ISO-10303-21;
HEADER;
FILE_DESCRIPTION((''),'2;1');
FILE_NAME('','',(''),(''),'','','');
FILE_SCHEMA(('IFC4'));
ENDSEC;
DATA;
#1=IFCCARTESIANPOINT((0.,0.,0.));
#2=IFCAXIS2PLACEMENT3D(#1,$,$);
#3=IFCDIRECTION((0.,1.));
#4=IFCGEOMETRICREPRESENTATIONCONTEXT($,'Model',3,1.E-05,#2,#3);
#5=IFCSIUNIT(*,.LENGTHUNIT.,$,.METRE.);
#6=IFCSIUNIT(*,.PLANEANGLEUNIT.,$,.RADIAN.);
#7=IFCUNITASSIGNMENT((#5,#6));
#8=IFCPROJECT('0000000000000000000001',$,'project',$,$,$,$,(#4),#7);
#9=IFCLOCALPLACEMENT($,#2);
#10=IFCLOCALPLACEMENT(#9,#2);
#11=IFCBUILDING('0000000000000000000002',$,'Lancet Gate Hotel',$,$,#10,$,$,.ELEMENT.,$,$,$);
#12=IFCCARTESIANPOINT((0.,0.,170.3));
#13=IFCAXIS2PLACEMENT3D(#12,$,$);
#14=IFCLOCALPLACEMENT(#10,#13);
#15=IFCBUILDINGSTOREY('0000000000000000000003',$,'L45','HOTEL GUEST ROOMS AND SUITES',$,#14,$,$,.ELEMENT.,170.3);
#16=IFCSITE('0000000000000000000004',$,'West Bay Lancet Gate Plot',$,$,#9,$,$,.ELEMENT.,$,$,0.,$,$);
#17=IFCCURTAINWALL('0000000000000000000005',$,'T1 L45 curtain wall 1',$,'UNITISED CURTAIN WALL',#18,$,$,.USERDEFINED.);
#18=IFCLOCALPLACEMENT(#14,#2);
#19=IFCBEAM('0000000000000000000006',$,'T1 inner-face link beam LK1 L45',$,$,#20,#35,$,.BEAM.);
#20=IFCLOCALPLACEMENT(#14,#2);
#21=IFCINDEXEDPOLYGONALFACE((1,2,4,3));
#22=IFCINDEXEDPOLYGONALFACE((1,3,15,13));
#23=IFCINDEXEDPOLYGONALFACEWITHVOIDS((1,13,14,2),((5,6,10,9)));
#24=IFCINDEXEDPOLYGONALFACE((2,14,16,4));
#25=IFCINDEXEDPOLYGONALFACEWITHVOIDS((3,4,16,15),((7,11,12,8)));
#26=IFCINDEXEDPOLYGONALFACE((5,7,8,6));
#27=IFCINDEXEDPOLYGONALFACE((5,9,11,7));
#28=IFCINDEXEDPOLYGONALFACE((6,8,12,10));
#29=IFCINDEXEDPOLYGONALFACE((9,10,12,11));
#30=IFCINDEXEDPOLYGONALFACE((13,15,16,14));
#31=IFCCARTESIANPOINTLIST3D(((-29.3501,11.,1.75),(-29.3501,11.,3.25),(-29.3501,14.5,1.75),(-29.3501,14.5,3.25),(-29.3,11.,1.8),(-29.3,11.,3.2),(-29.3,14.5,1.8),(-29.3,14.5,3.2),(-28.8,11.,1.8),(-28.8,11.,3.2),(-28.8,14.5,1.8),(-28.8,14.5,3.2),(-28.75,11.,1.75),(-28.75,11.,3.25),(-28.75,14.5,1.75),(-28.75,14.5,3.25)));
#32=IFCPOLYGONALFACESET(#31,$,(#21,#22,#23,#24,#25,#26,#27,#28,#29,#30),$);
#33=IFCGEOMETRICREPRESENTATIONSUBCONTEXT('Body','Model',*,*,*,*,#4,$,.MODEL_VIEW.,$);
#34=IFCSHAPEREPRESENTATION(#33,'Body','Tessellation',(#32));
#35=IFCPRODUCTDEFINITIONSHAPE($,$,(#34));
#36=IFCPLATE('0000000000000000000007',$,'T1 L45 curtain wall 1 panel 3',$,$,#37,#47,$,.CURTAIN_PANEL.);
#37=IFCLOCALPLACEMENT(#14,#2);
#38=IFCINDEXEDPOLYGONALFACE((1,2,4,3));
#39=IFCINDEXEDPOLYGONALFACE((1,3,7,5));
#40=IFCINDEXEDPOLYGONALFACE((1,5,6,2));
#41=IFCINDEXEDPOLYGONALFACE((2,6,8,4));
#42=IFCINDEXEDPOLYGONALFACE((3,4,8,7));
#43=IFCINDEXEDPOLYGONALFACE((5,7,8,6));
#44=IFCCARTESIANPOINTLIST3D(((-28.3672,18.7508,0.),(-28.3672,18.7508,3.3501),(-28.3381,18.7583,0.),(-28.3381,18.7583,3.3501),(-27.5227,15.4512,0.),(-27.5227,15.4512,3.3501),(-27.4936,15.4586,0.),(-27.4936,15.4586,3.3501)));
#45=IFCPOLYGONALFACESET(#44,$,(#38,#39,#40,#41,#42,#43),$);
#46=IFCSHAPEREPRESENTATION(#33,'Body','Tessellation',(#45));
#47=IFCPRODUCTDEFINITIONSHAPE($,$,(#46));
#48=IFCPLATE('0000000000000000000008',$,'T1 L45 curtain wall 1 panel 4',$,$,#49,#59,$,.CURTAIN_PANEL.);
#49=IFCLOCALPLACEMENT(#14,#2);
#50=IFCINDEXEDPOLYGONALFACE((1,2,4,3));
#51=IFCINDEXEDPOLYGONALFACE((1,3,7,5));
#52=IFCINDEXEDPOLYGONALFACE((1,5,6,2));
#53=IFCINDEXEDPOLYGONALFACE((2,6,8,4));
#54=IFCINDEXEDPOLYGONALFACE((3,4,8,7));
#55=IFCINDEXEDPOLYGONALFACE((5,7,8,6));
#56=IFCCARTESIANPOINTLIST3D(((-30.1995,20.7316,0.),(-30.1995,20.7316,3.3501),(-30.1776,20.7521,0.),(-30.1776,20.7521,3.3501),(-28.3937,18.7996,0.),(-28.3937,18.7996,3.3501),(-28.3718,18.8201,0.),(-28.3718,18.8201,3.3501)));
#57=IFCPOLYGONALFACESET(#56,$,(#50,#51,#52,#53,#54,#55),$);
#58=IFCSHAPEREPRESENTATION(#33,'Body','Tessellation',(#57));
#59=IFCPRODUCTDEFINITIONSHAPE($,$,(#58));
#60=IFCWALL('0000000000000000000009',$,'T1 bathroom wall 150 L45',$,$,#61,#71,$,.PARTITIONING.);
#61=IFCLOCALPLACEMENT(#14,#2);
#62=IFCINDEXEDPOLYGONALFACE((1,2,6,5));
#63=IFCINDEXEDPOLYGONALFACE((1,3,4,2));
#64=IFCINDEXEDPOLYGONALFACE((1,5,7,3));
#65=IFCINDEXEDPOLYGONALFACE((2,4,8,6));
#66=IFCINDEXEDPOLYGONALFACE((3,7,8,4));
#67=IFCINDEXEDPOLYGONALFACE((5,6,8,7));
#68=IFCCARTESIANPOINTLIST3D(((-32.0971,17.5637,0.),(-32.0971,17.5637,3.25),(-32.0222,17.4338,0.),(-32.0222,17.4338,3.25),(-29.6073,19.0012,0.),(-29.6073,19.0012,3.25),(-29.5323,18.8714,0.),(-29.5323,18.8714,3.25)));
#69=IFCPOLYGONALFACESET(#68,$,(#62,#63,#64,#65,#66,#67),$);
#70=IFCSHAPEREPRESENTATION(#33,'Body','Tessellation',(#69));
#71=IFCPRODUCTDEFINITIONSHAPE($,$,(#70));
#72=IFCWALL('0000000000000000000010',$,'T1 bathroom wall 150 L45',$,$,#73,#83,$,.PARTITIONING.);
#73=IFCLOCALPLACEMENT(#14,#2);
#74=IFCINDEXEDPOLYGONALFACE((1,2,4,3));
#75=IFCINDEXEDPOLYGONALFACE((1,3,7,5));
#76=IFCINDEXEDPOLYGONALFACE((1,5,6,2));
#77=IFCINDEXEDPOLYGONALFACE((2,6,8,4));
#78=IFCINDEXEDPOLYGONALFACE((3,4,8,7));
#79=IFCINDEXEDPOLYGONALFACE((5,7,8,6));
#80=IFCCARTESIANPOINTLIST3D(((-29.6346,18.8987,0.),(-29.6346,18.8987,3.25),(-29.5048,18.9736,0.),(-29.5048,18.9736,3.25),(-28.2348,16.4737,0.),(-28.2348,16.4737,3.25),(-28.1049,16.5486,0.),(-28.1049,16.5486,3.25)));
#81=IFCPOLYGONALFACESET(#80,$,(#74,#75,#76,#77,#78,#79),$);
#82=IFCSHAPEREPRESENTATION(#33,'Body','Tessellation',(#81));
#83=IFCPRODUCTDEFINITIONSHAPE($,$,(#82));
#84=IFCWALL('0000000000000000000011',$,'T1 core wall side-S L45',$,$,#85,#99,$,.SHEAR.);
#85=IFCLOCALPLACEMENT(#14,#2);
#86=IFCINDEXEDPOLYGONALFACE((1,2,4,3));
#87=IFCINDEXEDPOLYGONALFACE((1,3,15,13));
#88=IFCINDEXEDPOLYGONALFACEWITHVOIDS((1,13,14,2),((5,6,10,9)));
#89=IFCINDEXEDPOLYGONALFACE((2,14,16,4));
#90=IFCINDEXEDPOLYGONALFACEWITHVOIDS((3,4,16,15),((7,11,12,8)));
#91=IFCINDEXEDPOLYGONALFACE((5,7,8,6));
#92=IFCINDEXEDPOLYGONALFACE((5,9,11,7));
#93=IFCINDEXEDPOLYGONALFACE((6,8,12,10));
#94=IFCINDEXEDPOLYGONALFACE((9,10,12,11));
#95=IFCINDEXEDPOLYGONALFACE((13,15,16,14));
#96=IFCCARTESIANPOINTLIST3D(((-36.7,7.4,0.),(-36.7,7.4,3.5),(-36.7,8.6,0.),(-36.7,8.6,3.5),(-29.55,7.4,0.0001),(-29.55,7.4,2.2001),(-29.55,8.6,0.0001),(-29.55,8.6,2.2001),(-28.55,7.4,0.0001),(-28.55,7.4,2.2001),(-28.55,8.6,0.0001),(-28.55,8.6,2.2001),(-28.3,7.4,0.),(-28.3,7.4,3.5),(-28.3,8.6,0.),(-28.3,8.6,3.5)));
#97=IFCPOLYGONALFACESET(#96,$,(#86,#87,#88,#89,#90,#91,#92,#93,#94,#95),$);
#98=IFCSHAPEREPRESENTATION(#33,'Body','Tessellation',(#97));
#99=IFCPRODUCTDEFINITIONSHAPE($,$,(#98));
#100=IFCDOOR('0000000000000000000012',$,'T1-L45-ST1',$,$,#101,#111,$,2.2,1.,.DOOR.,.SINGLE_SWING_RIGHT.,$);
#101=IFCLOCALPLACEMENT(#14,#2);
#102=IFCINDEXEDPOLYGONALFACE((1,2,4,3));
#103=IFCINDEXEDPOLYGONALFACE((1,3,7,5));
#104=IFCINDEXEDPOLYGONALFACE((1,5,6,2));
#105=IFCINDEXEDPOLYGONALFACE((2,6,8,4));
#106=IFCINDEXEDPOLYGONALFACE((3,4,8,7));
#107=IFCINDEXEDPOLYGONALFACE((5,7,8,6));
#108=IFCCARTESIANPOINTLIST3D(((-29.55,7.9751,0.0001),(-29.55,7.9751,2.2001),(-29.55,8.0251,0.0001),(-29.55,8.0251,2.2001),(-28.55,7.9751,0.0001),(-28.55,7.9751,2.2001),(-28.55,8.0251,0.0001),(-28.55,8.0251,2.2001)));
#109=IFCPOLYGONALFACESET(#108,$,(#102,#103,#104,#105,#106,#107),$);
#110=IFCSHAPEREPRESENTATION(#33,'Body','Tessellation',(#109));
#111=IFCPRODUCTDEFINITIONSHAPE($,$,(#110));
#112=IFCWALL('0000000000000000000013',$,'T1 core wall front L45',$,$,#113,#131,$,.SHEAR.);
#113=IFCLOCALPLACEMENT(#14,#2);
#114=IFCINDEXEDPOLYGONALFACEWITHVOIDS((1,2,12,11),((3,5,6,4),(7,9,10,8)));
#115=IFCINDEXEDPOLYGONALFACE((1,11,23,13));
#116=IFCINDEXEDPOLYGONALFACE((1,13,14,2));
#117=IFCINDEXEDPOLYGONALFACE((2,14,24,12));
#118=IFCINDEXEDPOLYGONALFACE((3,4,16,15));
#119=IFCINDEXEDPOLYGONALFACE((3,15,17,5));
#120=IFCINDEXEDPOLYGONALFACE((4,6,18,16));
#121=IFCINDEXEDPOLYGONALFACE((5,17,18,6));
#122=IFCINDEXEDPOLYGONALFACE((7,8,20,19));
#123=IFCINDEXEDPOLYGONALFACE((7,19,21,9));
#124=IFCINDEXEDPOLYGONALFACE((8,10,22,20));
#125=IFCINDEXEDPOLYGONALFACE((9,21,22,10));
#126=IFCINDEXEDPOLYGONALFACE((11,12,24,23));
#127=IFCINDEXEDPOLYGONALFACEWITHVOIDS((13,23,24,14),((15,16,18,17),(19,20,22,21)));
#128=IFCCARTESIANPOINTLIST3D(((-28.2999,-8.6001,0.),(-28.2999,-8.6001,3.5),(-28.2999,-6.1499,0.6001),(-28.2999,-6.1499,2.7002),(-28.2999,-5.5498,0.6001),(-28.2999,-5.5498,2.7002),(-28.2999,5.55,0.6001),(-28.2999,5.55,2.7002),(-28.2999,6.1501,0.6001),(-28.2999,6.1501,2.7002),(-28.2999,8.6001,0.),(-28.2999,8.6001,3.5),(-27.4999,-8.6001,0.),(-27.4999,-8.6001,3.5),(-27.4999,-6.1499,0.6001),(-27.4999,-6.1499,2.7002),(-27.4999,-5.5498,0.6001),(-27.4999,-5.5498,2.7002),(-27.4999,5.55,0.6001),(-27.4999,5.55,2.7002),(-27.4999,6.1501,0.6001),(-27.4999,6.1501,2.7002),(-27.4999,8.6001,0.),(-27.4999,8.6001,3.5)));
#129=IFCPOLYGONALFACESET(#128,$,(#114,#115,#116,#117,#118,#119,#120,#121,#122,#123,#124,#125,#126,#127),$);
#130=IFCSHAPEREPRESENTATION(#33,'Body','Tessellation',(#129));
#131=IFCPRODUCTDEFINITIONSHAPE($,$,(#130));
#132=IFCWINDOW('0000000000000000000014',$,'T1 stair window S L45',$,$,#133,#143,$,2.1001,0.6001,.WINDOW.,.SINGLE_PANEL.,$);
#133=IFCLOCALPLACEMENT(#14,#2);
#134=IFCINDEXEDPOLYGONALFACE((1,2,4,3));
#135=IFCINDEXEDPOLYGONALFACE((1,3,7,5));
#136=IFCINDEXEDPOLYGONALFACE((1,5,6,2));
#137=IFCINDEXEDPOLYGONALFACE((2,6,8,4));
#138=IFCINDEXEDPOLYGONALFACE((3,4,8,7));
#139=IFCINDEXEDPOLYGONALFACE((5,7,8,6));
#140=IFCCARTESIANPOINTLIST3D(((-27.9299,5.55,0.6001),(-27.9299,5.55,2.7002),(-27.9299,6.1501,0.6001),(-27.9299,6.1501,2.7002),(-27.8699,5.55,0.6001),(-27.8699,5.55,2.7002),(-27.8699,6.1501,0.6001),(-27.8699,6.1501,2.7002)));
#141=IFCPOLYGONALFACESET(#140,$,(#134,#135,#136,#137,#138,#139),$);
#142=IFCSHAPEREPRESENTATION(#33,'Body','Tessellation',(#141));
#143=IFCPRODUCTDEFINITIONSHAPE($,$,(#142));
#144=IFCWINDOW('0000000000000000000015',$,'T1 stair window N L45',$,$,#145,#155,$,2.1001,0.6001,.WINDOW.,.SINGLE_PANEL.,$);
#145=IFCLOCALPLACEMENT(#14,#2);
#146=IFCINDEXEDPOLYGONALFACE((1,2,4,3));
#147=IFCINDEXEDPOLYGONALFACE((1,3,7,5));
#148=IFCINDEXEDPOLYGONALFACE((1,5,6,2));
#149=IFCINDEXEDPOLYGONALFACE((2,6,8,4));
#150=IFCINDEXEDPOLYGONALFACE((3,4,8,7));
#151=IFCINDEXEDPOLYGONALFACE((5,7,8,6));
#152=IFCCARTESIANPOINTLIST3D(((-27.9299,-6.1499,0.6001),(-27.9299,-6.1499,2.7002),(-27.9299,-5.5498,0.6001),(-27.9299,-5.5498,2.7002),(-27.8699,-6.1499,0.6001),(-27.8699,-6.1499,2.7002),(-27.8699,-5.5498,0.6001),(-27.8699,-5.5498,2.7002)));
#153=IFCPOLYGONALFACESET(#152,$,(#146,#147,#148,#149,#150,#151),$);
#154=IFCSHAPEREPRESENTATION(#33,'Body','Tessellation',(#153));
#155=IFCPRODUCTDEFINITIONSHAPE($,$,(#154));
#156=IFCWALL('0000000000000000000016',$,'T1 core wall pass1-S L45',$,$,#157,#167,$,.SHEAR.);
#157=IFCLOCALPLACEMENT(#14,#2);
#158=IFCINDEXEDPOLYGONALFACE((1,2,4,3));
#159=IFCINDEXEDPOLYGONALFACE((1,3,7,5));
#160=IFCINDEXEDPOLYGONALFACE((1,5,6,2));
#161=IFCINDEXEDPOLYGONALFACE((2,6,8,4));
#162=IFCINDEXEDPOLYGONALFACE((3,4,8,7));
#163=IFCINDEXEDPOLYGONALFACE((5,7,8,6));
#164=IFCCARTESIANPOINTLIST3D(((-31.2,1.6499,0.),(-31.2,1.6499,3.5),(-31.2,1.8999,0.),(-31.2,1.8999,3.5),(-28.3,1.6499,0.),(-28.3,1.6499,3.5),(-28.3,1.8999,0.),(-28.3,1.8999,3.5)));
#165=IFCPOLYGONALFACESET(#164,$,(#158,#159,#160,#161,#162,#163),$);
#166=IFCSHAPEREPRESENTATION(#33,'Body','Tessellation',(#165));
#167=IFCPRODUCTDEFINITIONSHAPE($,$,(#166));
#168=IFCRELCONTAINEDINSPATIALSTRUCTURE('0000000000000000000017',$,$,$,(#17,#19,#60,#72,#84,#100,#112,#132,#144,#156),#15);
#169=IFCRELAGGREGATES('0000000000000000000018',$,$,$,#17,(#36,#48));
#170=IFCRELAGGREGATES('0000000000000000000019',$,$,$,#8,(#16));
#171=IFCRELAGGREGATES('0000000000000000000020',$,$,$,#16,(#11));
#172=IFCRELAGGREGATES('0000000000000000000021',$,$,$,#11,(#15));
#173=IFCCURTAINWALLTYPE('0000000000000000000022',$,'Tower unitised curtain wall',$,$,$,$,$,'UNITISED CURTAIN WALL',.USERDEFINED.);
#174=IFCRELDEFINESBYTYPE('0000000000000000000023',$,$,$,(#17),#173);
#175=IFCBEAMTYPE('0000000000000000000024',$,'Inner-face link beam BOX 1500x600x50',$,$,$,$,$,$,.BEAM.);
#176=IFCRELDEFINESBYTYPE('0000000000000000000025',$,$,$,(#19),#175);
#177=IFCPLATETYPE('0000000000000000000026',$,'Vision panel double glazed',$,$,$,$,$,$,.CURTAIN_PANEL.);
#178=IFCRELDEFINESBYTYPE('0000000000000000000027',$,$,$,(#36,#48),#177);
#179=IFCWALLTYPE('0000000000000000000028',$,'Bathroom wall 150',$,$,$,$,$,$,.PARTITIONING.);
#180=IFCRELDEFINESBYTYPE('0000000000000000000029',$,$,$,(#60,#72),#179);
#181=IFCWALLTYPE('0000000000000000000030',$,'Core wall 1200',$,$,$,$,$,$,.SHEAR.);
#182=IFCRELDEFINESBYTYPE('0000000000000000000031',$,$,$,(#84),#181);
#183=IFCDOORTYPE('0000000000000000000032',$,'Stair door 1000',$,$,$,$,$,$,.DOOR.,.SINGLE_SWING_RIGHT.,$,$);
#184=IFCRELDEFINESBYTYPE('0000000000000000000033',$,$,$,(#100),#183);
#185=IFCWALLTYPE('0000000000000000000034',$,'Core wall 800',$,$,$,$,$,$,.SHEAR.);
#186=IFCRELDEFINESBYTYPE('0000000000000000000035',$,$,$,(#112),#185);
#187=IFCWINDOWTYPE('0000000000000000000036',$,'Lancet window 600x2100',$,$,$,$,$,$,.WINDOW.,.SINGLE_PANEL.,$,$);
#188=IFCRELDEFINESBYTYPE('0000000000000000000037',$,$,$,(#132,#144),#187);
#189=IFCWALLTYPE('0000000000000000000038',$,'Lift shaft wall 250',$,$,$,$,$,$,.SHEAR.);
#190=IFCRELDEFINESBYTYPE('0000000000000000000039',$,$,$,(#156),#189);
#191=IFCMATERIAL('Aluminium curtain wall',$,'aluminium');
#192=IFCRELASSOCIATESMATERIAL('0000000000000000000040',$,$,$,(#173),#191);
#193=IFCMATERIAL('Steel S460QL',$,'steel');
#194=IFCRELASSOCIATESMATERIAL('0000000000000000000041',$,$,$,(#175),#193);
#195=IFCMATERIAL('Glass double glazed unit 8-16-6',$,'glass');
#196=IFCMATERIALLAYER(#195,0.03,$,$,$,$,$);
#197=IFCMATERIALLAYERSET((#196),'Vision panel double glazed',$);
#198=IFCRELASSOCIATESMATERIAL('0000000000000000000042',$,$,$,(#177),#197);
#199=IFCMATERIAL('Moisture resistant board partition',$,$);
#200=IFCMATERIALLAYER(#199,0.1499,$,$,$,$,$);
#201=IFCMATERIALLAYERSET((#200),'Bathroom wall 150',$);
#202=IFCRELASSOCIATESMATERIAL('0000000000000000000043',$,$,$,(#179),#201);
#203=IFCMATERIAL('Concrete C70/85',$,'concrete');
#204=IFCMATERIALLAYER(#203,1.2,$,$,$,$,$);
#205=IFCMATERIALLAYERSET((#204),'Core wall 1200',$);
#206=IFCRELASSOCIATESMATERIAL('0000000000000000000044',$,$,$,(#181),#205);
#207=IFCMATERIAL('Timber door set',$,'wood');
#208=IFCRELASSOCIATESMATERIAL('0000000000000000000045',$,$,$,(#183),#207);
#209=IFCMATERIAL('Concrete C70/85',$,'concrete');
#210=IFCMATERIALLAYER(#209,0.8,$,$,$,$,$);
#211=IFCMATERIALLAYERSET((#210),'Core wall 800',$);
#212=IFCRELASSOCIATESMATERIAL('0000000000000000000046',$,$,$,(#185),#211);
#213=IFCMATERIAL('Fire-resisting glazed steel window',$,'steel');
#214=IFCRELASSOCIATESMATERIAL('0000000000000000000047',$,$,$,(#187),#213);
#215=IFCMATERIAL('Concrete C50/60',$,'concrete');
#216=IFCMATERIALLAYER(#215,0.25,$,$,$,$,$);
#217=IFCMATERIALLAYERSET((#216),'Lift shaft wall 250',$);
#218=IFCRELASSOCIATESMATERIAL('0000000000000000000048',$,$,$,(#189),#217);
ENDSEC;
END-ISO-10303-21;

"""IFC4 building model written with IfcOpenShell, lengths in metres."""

from ifc_helpers import new_model, si_unit, direction, frame, frame_2d, origin, origin_2d, place, context, subcontext, project, spatial, rectangle, hollow_rectangle, extrude, material, layer, layer_set, material_profile, profile_set, type_object, element, fill, aggregate, save


model = new_model("IFC4")

# Units and contexts
model_context = context("Model", 3, precision=1e-05, world=origin(), true_north=direction((0.0, 1.0)))
body_context = subcontext(model_context, "Body", "Model", "MODEL_VIEW")
ifc_project = project(units=[si_unit("LENGTHUNIT", "METRE"), si_unit("PLANEANGLEUNIT", "RADIAN")], contexts=[model_context])

# Site, building, storey
site_placement = place(None, origin())
site = spatial("IfcSite", under=ifc_project, at=site_placement, Name="West Bay Lancet Gate Plot", CompositionType="ELEMENT", RefElevation=0.0)
building_placement = place(site_placement, origin())
building = spatial("IfcBuilding", under=site, at=building_placement, Name="Lancet Gate Hotel", CompositionType="ELEMENT")
storey_placement = place(building_placement, frame((0.0, 0.0, 170.3)))
storey = spatial("IfcBuildingStorey", under=building, at=storey_placement, Name="L45", Description="HOTEL GUEST ROOMS AND SUITES", CompositionType="ELEMENT", Elevation=170.3)

# Curtain wall
ifc_material_1 = material(Name="Aluminium curtain wall", Category="aluminium")
curtain_wall_type = type_object("IfcCurtainWallType", Name="Tower unitised curtain wall", ElementType="UNITISED CURTAIN WALL", PredefinedType="USERDEFINED", material=ifc_material_1)
curtain_wall_placement = place(storey_placement, origin())
curtain_wall = element("IfcCurtainWall", 1, at=curtain_wall_placement, inside=storey, type_object=curtain_wall_type, Name="T1 L45 curtain wall 1", ObjectType="UNITISED CURTAIN WALL", PredefinedType="USERDEFINED")

# Beam
ifc_material_2 = material(Name="Steel S460QL", Category="steel")
ifc_material_profile_1 = material_profile(ifc_material_2, hollow_rectangle(XDim=0.6001, YDim=1.5, WallThickness=0.05, at=origin_2d()), Name="BOX 1500x600x50")
ifc_profile_set_1 = profile_set([ifc_material_profile_1], Name="Steel S460QL")
beam_type_1 = type_object("IfcBeamType", Name="Inner-face link beam BOX 1500x600x50", PredefinedType="BEAM", material=ifc_profile_set_1)
beam_1_placement = place(storey_placement, frame((-29.05, 14.5, 2.5), z_axis=(0.0, -1.0, 0.0), x_axis=(1.0, 0.0, 0.0)))
element("IfcBeam", 2, at=beam_1_placement, inside=storey, type_object=beam_type_1, Name="T1 inner-face link beam LK1 L45", PredefinedType="BEAM", context=body_context, shape_type="SweptSolid", body=[
    extrude(hollow_rectangle(XDim=0.6001, YDim=1.5, WallThickness=0.05, at=origin_2d()), origin(), (0.0, 0.0, 1.0), 3.5),
])

# Plates
ifc_material_3 = material(Name="Glass double glazed unit 8-16-6", Category="glass")
ifc_layer_1 = layer(ifc_material_3, 0.03)
ifc_layer_set_1 = layer_set([ifc_layer_1], Name="Vision panel double glazed")
plate_type = type_object("IfcPlateType", Name="Vision panel double glazed", PredefinedType="CURTAIN_PANEL", material=ifc_layer_set_1)
plate_1_placement = place(storey_placement, frame((-27.9304, 17.1047, 0.0), z_axis=(0.0, 0.0, 1.0), x_axis=(-0.247937, 0.968776, 0.0)))
plate_1 = element("IfcPlate", 3, at=plate_1_placement, type_object=plate_type, Name="T1 L45 curtain wall 1 panel 3", PredefinedType="CURTAIN_PANEL", context=body_context, shape_type="SweptSolid", body=[
    extrude(rectangle(XDim=3.406, YDim=0.03, at=origin_2d()), origin(), (0.0, 0.0, 1.0), 3.3501),
])
plate_2_placement = place(storey_placement, frame((-29.2856, 19.7759, 0.0), z_axis=(0.0, 0.0, 1.0), x_axis=(-0.682845, 0.730563, 0.0)))
plate_2 = element("IfcPlate", 4, at=plate_2_placement, type_object=plate_type, Name="T1 L45 curtain wall 1 panel 4", PredefinedType="CURTAIN_PANEL", context=body_context, shape_type="SweptSolid", body=[
    extrude(rectangle(XDim=2.6445, YDim=0.03, at=origin_2d()), origin(), (0.0, 0.0, 1.0), 3.3501),
])
aggregate(curtain_wall, [plate_1, plate_2])

# Walls
ifc_material_4 = material(Name="Moisture resistant board partition")
ifc_layer_2 = layer(ifc_material_4, 0.1499)
ifc_layer_set_2 = layer_set([ifc_layer_2], Name="Bathroom wall 150")
wall_type_1 = type_object("IfcWallType", Name="Bathroom wall 150", PredefinedType="PARTITIONING", material=ifc_layer_set_2)
wall_1_placement = place(storey_placement, frame((-29.5698, 18.9363, 0.0), z_axis=(0.0, 0.0, 1.0), x_axis=(-0.866019, -0.500012, 0.0)))
element("IfcWall", 5, at=wall_1_placement, inside=storey, type_object=wall_type_1, Name="T1 bathroom wall 150 L45", PredefinedType="PARTITIONING", context=body_context, shape_type="SweptSolid", body=[
    extrude(rectangle(XDim=2.875, YDim=0.1499, at=frame_2d((1.4375, 0.0))), origin(), (0.0, 0.0, 1.0), 3.25),
])
wall_2_placement = place(storey_placement, frame((-28.1699, 16.5112, 0.0), z_axis=(0.0, 0.0, 1.0), x_axis=(-0.499946, 0.866056, 0.0)))
element("IfcWall", 6, at=wall_2_placement, inside=storey, type_object=wall_type_1, Name="T1 bathroom wall 150 L45", PredefinedType="PARTITIONING", context=body_context, shape_type="SweptSolid", body=[
    extrude(rectangle(XDim=2.8, YDim=0.1499, at=frame_2d((1.3999, 0.0))), origin(), (0.0, 0.0, 1.0), 3.25),
])

# Wall, opening, door
ifc_material_5 = material(Name="Concrete C70/85", Category="concrete")
ifc_layer_3 = layer(ifc_material_5, 1.2)
ifc_layer_set_3 = layer_set([ifc_layer_3], Name="Core wall 1200")
wall_type_2 = type_object("IfcWallType", Name="Core wall 1200", PredefinedType="SHEAR", material=ifc_layer_set_3)
wall_3_placement = place(storey_placement, frame((-28.3, 8.0, 0.0), z_axis=(0.0, 0.0, 1.0), x_axis=(-1.0, 0.0, 0.0)))
wall_3 = element("IfcWall", 7, at=wall_3_placement, inside=storey, type_object=wall_type_2, Name="T1 core wall side-S L45", PredefinedType="SHEAR", context=body_context, shape_type="SweptSolid", body=[
    extrude(rectangle(XDim=8.3999, YDim=1.2, at=frame_2d((4.2, 0.0))), origin(), (0.0, 0.0, 1.0), 3.5),
])
opening_1_placement = place(wall_3_placement, frame((0.25, 0.0, 0.0)))
opening_1 = element("IfcOpeningElement", 8, at=opening_1_placement, cuts=wall_3, PredefinedType="OPENING", context=body_context, shape_type="SweptSolid", body=[
    extrude(rectangle(XDim=1.0, YDim=2.2, at=frame_2d((0.5, 1.1001))), frame((0.0, 0.6099, 0.0), z_axis=(0.0, -1.0, 0.0), x_axis=(1.0, 0.0, 0.0)), (0.0, 0.0, 1.0), 1.22),
])
ifc_material_6 = material(Name="Timber door set", Category="wood")
door_type = type_object("IfcDoorType", Name="Stair door 1000", OperationType="SINGLE_SWING_RIGHT", PredefinedType="DOOR", material=ifc_material_6)
door_placement = place(opening_1_placement, origin())
door = element("IfcDoor", 9, at=door_placement, inside=storey, type_object=door_type, Name="T1-L45-ST1", OperationType="SINGLE_SWING_RIGHT", OverallHeight=2.2, OverallWidth=1.0, PredefinedType="DOOR", context=body_context, shape_type="SweptSolid", body=[
    extrude(rectangle(XDim=1.0, YDim=2.2, at=frame_2d((0.5, 1.1001))), frame((0.0, 0.0249, 0.0), z_axis=(0.0, -1.0, 0.0), x_axis=(1.0, 0.0, 0.0)), (0.0, 0.0, 1.0), 0.05),
])
fill(opening_1, door)

# Wall, openings, windows
ifc_material_7 = material(Name="Concrete C70/85", Category="concrete")
ifc_layer_4 = layer(ifc_material_7, 0.8)
ifc_layer_set_4 = layer_set([ifc_layer_4], Name="Core wall 800")
wall_type_3 = type_object("IfcWallType", Name="Core wall 800", PredefinedType="SHEAR", material=ifc_layer_set_4)
wall_4_placement = place(storey_placement, frame((-27.8999, 8.6001, 0.0), z_axis=(0.0, 0.0, 1.0), x_axis=(0.0, -1.0, 0.0)))
wall_4 = element("IfcWall", 10, at=wall_4_placement, inside=storey, type_object=wall_type_3, Name="T1 core wall front L45", PredefinedType="SHEAR", context=body_context, shape_type="SweptSolid", body=[
    extrude(rectangle(XDim=17.2002, YDim=0.8, at=frame_2d((8.6001, 0.0))), origin(), (0.0, 0.0, 1.0), 3.5),
])
opening_2_placement = place(wall_4_placement, frame((2.45, 0.0, 0.6001)))
opening_2 = element("IfcOpeningElement", 11, at=opening_2_placement, cuts=wall_4, PredefinedType="OPENING", context=body_context, shape_type="SweptSolid", body=[
    extrude(rectangle(XDim=0.6001, YDim=2.1001, at=frame_2d((0.3, 1.05))), frame((0.0, 0.4099, 0.0), z_axis=(0.0, -1.0, 0.0), x_axis=(1.0, 0.0, 0.0)), (0.0, 0.0, 1.0), 0.8201),
])
opening_3_placement = place(wall_4_placement, frame((14.1499, 0.0, 0.6001)))
opening_3 = element("IfcOpeningElement", 12, at=opening_3_placement, cuts=wall_4, PredefinedType="OPENING", context=body_context, shape_type="SweptSolid", body=[
    extrude(rectangle(XDim=0.6001, YDim=2.1001, at=frame_2d((0.3, 1.05))), frame((0.0, 0.4099, 0.0), z_axis=(0.0, -1.0, 0.0), x_axis=(1.0, 0.0, 0.0)), (0.0, 0.0, 1.0), 0.8201),
])
ifc_material_8 = material(Name="Fire-resisting glazed steel window", Category="steel")
window_type = type_object("IfcWindowType", Name="Lancet window 600x2100", PartitioningType="SINGLE_PANEL", PredefinedType="WINDOW", material=ifc_material_8)
window_1_placement = place(opening_2_placement, origin())
window_1 = element("IfcWindow", 13, at=window_1_placement, inside=storey, type_object=window_type, Name="T1 stair window S L45", OverallHeight=2.1001, OverallWidth=0.6001, PartitioningType="SINGLE_PANEL", PredefinedType="WINDOW", context=body_context, shape_type="SweptSolid", body=[
    extrude(rectangle(XDim=0.6001, YDim=2.1001, at=frame_2d((0.3, 1.05))), frame((0.0, 0.03, 0.0), z_axis=(0.0, -1.0, 0.0), x_axis=(1.0, 0.0, 0.0)), (0.0, 0.0, 1.0), 0.0601),
])
fill(opening_2, window_1)
window_2_placement = place(opening_3_placement, origin())
window_2 = element("IfcWindow", 14, at=window_2_placement, inside=storey, type_object=window_type, Name="T1 stair window N L45", OverallHeight=2.1001, OverallWidth=0.6001, PartitioningType="SINGLE_PANEL", PredefinedType="WINDOW", context=body_context, shape_type="SweptSolid", body=[
    extrude(rectangle(XDim=0.6001, YDim=2.1001, at=frame_2d((0.3, 1.05))), frame((0.0, 0.03, 0.0), z_axis=(0.0, -1.0, 0.0), x_axis=(1.0, 0.0, 0.0)), (0.0, 0.0, 1.0), 0.0601),
])
fill(opening_3, window_2)

# Wall
ifc_material_9 = material(Name="Concrete C50/60", Category="concrete")
ifc_layer_5 = layer(ifc_material_9, 0.25)
ifc_layer_set_5 = layer_set([ifc_layer_5], Name="Lift shaft wall 250")
wall_type_4 = type_object("IfcWallType", Name="Lift shaft wall 250", PredefinedType="SHEAR", material=ifc_layer_set_5)
wall_5_placement = place(storey_placement, frame((-28.3, 1.7749, 0.0), z_axis=(0.0, 0.0, 1.0), x_axis=(-1.0, 0.0, 0.0)))
element("IfcWall", 15, at=wall_5_placement, inside=storey, type_object=wall_type_4, Name="T1 core wall pass1-S L45", PredefinedType="SHEAR", context=body_context, shape_type="SweptSolid", body=[
    extrude(rectangle(XDim=2.8999, YDim=0.25, at=frame_2d((1.45, 0.0))), origin(), (0.0, 0.0, 1.0), 3.5),
])

save(model, "model.ifc")
